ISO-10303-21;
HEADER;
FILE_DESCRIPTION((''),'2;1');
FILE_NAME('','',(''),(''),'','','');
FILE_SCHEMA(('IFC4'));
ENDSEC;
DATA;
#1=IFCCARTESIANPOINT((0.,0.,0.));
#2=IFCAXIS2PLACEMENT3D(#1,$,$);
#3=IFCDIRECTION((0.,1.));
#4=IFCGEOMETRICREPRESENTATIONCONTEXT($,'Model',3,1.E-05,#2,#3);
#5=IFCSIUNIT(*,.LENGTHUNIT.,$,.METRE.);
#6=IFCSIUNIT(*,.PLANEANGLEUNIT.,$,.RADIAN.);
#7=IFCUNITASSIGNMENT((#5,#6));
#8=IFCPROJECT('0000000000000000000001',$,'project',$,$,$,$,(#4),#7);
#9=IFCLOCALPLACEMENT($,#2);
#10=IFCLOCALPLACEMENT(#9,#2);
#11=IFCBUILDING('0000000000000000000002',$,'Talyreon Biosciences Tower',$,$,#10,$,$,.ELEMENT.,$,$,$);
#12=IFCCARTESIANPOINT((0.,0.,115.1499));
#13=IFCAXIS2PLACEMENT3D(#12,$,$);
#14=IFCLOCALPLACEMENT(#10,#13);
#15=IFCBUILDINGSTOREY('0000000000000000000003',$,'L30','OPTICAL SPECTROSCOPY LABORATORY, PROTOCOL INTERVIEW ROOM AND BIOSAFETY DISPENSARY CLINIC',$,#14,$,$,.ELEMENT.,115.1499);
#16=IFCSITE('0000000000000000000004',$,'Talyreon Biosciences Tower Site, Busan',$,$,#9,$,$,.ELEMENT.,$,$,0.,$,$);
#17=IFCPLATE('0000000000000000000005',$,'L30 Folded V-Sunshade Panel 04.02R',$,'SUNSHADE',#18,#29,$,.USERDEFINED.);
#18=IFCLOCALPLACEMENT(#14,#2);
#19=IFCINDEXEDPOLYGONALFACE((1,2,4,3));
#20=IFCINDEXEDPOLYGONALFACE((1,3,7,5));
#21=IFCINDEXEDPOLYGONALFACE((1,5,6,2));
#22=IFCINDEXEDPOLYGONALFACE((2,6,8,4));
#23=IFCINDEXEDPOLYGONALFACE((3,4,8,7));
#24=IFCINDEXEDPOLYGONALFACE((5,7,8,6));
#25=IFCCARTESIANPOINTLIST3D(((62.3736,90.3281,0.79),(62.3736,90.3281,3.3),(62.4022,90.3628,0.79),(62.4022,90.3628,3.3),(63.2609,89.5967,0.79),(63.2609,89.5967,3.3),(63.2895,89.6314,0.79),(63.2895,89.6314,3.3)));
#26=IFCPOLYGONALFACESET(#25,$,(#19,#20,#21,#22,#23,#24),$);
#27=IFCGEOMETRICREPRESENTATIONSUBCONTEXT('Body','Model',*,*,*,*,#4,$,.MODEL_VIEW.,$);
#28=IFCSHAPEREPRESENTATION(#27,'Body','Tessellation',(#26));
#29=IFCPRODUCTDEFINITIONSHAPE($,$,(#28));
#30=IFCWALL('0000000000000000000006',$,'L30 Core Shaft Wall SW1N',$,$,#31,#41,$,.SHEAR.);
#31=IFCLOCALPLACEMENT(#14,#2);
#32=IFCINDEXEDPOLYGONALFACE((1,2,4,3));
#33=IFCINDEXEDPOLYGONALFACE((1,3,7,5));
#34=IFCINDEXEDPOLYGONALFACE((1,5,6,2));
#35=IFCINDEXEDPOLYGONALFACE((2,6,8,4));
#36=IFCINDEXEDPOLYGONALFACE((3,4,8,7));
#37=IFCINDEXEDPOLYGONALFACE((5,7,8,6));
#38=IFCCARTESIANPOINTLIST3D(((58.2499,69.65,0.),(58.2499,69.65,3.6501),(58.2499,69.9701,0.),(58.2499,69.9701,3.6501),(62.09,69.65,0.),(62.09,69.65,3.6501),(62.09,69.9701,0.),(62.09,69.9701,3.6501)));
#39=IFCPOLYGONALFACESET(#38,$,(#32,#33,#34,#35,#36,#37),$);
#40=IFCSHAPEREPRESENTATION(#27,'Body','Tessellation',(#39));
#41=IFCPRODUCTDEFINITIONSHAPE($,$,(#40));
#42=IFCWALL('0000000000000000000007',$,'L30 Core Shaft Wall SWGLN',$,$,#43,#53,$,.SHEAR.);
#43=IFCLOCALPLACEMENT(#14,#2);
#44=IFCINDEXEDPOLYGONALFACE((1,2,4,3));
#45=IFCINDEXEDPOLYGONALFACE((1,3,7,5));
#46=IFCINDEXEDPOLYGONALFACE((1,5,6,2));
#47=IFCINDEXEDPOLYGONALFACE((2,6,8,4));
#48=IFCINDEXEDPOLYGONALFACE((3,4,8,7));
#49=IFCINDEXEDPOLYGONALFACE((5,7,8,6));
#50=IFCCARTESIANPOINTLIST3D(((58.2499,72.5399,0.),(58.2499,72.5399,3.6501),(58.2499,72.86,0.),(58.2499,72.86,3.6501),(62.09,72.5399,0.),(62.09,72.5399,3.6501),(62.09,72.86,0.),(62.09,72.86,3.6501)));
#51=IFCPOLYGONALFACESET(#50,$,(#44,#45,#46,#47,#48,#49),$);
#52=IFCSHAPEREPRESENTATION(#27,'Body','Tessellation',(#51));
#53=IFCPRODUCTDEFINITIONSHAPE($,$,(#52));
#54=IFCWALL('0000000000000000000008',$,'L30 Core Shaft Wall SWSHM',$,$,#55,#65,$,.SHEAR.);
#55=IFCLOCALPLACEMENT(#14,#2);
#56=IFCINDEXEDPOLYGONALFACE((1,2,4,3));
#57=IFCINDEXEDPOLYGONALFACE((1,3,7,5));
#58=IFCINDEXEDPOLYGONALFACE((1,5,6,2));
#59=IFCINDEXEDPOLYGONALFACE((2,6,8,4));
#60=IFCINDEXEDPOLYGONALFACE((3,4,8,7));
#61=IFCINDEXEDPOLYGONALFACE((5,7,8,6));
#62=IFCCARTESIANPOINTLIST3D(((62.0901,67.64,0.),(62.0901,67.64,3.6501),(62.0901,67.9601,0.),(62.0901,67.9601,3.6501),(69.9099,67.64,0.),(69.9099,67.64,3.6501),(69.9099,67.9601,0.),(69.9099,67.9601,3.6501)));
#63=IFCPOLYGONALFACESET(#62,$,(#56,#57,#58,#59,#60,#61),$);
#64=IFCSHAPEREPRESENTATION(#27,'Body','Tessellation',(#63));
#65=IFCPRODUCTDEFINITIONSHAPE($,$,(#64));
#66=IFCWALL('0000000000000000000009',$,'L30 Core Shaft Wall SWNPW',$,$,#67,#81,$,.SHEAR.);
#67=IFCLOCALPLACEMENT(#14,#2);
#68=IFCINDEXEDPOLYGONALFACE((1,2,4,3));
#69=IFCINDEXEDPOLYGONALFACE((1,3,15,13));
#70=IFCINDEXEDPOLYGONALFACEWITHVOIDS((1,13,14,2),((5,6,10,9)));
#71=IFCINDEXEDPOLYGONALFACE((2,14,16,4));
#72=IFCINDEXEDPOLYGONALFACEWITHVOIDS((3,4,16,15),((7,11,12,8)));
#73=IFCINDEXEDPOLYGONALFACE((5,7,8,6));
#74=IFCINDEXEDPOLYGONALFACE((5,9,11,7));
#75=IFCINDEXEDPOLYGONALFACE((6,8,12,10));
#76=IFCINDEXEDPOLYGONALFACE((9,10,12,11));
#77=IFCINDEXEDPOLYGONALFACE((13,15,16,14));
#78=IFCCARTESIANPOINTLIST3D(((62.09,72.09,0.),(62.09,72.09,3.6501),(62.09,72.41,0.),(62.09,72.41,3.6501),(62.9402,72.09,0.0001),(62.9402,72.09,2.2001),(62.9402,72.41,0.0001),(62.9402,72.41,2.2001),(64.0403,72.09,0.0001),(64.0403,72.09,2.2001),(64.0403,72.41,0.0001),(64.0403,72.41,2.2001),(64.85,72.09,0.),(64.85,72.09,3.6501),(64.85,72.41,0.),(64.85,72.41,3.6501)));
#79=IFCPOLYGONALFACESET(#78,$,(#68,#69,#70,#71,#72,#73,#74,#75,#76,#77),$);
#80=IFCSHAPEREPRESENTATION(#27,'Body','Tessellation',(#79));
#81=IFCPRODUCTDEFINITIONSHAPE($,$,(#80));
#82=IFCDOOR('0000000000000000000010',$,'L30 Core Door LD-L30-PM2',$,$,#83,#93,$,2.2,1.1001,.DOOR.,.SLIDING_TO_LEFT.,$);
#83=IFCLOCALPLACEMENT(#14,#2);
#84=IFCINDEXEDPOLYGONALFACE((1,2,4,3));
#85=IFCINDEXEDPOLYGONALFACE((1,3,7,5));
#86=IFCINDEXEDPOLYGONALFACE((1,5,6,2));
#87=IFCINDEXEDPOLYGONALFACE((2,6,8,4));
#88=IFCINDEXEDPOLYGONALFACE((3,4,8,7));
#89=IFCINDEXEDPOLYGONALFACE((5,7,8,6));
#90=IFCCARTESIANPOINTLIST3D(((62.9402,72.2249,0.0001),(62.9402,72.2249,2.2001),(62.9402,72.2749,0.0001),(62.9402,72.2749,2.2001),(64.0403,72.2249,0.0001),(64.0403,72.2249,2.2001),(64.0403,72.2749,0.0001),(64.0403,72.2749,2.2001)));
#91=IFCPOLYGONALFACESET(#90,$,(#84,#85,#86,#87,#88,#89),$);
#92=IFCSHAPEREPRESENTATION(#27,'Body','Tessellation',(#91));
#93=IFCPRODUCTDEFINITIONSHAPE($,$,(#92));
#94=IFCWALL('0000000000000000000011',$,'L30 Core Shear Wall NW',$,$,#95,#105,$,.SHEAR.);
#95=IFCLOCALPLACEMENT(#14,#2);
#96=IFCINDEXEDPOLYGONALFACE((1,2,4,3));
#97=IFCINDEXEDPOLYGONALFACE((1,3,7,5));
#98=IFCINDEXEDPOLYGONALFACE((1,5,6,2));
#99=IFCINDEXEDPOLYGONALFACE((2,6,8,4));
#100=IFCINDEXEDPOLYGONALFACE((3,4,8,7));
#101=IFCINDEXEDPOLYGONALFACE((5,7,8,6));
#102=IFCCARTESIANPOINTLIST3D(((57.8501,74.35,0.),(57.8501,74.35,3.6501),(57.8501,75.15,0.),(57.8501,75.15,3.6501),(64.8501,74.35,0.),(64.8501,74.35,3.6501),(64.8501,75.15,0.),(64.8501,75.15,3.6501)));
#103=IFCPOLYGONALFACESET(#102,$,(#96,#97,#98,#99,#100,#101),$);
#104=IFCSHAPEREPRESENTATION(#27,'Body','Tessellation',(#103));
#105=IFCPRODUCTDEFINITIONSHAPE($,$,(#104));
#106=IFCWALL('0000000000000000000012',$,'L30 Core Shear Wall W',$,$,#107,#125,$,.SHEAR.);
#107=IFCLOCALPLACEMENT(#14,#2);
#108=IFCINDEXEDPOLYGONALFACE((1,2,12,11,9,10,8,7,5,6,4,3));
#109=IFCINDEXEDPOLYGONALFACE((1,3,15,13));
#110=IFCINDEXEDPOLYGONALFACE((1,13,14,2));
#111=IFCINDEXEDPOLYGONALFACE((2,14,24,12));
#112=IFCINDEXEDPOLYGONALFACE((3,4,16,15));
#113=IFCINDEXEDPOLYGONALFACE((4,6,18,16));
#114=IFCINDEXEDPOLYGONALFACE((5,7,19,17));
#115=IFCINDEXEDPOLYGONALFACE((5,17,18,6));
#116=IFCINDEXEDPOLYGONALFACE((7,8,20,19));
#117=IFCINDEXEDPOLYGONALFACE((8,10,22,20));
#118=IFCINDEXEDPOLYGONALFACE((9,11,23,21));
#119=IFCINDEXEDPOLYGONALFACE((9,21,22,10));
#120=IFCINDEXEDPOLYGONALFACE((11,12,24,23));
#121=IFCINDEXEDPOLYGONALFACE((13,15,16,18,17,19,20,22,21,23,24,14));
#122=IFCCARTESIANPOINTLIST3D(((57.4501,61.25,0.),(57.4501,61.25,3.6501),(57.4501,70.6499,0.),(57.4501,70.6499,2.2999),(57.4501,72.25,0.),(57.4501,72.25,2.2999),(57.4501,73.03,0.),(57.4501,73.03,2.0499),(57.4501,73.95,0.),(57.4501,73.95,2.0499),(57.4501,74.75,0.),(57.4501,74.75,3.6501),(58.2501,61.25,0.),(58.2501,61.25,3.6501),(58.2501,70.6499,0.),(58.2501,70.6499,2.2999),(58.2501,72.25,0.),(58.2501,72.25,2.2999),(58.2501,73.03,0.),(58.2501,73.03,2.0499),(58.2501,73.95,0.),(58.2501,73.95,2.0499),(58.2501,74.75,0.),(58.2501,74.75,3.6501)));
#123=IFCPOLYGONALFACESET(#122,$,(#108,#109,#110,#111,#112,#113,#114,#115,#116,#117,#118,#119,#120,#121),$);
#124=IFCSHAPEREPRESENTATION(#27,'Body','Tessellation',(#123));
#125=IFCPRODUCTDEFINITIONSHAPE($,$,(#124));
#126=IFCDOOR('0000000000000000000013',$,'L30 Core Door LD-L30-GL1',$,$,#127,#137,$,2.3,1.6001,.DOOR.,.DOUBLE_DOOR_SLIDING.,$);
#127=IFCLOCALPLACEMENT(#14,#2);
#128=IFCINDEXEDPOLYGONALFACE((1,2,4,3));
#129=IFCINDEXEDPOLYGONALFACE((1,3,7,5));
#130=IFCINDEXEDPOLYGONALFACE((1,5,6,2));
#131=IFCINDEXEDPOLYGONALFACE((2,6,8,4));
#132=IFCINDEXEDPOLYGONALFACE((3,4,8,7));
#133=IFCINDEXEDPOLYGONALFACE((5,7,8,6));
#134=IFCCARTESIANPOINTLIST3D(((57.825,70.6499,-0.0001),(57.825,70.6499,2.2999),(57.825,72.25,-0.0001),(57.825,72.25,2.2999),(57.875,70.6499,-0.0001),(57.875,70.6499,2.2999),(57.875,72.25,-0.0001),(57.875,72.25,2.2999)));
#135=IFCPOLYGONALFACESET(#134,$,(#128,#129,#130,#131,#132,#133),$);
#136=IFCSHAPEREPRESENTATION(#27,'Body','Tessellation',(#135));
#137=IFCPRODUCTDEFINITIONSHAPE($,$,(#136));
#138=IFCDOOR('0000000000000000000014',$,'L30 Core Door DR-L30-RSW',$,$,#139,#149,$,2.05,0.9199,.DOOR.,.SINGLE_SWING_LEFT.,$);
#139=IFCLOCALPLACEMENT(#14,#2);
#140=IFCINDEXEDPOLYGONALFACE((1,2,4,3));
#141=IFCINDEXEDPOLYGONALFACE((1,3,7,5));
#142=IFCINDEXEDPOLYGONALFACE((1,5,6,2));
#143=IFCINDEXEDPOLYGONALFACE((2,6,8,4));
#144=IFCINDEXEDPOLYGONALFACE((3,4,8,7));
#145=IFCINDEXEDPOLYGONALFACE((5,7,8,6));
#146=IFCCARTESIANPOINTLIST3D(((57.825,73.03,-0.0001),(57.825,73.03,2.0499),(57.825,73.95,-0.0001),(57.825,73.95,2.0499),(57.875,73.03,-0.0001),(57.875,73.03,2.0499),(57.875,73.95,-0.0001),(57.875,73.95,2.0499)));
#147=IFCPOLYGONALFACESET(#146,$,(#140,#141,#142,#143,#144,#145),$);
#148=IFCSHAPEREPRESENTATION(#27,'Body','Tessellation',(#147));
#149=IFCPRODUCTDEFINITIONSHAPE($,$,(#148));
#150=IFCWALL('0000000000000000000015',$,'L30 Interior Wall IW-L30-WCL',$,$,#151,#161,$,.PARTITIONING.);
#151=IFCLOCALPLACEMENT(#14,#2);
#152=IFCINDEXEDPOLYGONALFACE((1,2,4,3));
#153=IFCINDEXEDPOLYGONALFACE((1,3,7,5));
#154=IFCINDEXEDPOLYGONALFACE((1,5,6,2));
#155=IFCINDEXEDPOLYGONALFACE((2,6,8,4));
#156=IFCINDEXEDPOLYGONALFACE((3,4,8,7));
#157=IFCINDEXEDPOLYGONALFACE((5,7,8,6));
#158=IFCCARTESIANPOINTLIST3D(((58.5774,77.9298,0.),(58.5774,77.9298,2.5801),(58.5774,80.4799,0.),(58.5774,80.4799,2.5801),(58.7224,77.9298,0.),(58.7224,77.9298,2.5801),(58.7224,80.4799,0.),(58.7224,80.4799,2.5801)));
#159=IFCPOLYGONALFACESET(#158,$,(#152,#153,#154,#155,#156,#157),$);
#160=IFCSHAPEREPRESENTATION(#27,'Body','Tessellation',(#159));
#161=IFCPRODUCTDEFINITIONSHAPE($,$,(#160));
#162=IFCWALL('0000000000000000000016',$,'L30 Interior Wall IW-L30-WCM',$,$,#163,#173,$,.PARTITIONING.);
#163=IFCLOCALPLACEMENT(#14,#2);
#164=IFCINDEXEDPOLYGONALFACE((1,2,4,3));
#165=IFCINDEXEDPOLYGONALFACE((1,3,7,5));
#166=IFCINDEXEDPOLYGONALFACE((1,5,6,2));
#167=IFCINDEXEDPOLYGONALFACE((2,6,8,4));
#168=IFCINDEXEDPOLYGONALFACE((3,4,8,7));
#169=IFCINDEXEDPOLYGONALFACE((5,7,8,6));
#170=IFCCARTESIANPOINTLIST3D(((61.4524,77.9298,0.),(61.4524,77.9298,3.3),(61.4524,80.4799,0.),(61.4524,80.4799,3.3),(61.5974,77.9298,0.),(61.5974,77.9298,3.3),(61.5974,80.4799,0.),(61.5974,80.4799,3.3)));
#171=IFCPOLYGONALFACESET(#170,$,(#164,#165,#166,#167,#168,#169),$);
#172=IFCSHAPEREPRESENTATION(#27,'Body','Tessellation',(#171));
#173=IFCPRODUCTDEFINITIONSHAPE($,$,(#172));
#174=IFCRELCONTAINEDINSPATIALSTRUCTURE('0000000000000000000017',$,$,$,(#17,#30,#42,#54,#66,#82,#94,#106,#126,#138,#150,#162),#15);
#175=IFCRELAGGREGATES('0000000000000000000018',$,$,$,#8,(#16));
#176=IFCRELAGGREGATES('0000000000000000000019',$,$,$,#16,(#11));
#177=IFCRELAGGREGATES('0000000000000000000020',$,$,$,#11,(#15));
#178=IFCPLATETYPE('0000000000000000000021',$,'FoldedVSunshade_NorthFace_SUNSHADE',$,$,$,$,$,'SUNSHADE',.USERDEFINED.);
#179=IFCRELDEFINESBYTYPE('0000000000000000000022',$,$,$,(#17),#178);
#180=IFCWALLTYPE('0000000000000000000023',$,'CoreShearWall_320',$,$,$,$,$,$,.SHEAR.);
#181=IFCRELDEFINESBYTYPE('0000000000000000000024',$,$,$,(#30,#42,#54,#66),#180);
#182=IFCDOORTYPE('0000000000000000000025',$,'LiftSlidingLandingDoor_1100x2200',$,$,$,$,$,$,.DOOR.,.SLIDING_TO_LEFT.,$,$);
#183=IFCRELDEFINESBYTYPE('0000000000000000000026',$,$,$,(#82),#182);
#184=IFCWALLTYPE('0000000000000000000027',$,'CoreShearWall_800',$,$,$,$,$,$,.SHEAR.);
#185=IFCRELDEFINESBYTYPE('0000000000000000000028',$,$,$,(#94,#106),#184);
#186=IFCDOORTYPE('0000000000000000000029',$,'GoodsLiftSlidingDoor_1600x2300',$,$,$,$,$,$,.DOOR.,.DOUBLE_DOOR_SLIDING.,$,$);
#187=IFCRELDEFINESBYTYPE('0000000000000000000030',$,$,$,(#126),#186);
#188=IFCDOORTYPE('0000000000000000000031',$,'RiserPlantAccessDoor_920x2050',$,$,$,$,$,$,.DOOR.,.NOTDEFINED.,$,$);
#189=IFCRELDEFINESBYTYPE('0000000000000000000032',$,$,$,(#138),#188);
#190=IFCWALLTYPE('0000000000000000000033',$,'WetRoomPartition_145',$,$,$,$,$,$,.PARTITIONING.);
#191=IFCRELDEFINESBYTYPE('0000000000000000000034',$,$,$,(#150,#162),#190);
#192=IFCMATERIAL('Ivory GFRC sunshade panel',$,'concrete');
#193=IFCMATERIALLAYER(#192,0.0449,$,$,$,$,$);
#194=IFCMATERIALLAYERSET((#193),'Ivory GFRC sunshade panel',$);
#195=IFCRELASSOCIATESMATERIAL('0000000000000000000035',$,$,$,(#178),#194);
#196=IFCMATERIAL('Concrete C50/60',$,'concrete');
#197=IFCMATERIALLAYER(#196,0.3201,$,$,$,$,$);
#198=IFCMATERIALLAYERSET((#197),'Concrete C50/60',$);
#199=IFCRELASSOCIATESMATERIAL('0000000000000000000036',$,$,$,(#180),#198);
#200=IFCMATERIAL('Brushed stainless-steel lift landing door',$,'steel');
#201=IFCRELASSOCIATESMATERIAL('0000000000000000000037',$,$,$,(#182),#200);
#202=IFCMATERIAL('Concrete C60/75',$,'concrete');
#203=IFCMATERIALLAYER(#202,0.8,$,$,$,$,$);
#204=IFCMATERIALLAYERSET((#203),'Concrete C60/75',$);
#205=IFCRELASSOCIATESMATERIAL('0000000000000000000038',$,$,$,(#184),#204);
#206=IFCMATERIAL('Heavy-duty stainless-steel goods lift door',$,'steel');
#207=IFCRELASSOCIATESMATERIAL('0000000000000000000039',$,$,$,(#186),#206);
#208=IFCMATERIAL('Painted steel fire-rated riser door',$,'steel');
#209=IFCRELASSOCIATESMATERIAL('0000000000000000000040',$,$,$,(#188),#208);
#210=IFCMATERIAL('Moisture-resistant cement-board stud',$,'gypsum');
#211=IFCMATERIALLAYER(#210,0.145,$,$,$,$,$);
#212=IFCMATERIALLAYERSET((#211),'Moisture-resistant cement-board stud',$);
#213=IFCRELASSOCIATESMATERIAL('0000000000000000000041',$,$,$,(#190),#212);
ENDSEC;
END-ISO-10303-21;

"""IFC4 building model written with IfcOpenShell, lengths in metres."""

from ifc_helpers import new_model, si_unit, direction, frame, frame_2d, origin, origin_2d, place, context, subcontext, project, spatial, rectangle, extrude, material, layer, layer_set, type_object, element, fill, save


model = new_model("IFC4")

# Units and contexts
model_context = context("Model", 3, precision=1e-05, world=origin(), true_north=direction((0.0, 1.0)))
body_context = subcontext(model_context, "Body", "Model", "MODEL_VIEW")
ifc_project = project(units=[si_unit("LENGTHUNIT", "METRE"), si_unit("PLANEANGLEUNIT", "RADIAN")], contexts=[model_context])

# Site, building, storey
site_placement = place(None, origin())
site = spatial("IfcSite", under=ifc_project, at=site_placement, Name="Talyreon Biosciences Tower Site, Busan", CompositionType="ELEMENT", RefElevation=0.0)
building_placement = place(site_placement, origin())
building = spatial("IfcBuilding", under=site, at=building_placement, Name="Talyreon Biosciences Tower", CompositionType="ELEMENT")
storey_placement = place(building_placement, frame((0.0, 0.0, 115.1499)))
storey = spatial("IfcBuildingStorey", under=building, at=storey_placement, Name="L30", Description="OPTICAL SPECTROSCOPY LABORATORY, PROTOCOL INTERVIEW ROOM AND BIOSAFETY DISPENSARY CLINIC", CompositionType="ELEMENT", Elevation=115.1499)

# Shared definitions
ifc_material_1 = material(Name="Concrete C50/60", Category="concrete")
ifc_material_2 = material(Name="Concrete C60/75", Category="concrete")

# Plate
ifc_material_3 = material(Name="Ivory GFRC sunshade panel", Category="concrete")
ifc_layer_1 = layer(ifc_material_3, 0.0449)
ifc_layer_set_1 = layer_set([ifc_layer_1], Name="Ivory GFRC sunshade panel")
plate_type_1 = type_object("IfcPlateType", Name="FoldedVSunshade_NorthFace_SUNSHADE", ElementType="SUNSHADE", PredefinedType="USERDEFINED", material=ifc_layer_set_1)
for number, where, z_axis, x_axis, name in (
    (1, (62.8315, 89.9797, 0.79), (0.0, 0.0, 1.0), (0.771625, -0.636078, 0.0), "L30 Folded V-Sunshade Panel 04.02R"),
):
    element("IfcPlate", number, at=place(storey_placement, frame(where, z_axis=z_axis, x_axis=x_axis)), inside=storey, type_object=plate_type_1, Name=name, ObjectType="SUNSHADE", PredefinedType="USERDEFINED", context=body_context, shape_type="SweptSolid", body=[
        extrude(rectangle(XDim=1.1499, YDim=0.0449, at=origin_2d()), origin(), (0.0, 0.0, 1.0), 2.51),
    ])

# Walls
ifc_layer_2 = layer(ifc_material_1, 0.3201)
ifc_layer_set_2 = layer_set([ifc_layer_2], Name="Concrete C50/60")
wall_type_1 = type_object("IfcWallType", Name="CoreShearWall_320", PredefinedType="SHEAR", material=ifc_layer_set_2)
for number, where, z_axis, x_axis, name in (
    (2, (58.25, 69.8101, 0.0), (0.0, 0.0, 1.0), (1.0, 0.0, 0.0), "L30 Core Shaft Wall SW1N"),
    (3, (58.25, 72.7, 0.0), (0.0, 0.0, 1.0), (1.0, 0.0, 0.0), "L30 Core Shaft Wall SWGLN"),
):
    element("IfcWall", number, at=place(storey_placement, frame(where, z_axis=z_axis, x_axis=x_axis)), inside=storey, type_object=wall_type_1, Name=name, PredefinedType="SHEAR", context=body_context, shape_type="SweptSolid", body=[
        extrude(rectangle(XDim=3.8401, YDim=0.3201, at=frame_2d((1.9199, 0.0))), origin(), (0.0, 0.0, 1.0), 3.6501),
    ])
wall_1_placement = place(storey_placement, frame((62.0901, 67.8, 0.0), z_axis=(0.0, 0.0, 1.0), x_axis=(1.0, 0.0, 0.0)))
element("IfcWall", 4, at=wall_1_placement, inside=storey, type_object=wall_type_1, Name="L30 Core Shaft Wall SWSHM", PredefinedType="SHEAR", context=body_context, shape_type="SweptSolid", body=[
    extrude(rectangle(XDim=7.8198, YDim=0.3201, at=frame_2d((3.9099, 0.0))), origin(), (0.0, 0.0, 1.0), 3.6501),
])

# Shared definitions
ifc_material_4 = material(Name="Brushed stainless-steel lift landing door", Category="steel")
door_type_1 = type_object("IfcDoorType", Name="LiftSlidingLandingDoor_1100x2200", OperationType="SLIDING_TO_LEFT", PredefinedType="DOOR", material=ifc_material_4)

# Wall, opening, door
wall_2_placement = place(storey_placement, frame((62.0901, 72.25, 0.0), z_axis=(0.0, 0.0, 1.0), x_axis=(1.0, 0.0, 0.0)))
wall_2 = element("IfcWall", 5, at=wall_2_placement, inside=storey, type_object=wall_type_1, Name="L30 Core Shaft Wall SWNPW", PredefinedType="SHEAR", context=body_context, shape_type="SweptSolid", body=[
    extrude(rectangle(XDim=2.76, YDim=0.3201, at=frame_2d((1.3799, 0.0))), origin(), (0.0, 0.0, 1.0), 3.6501),
])
opening_1_placement = place(wall_2_placement, frame((0.8501, 0.0, 0.0)))
opening_1 = element("IfcOpeningElement", 6, at=opening_1_placement, cuts=wall_2, PredefinedType="OPENING", context=body_context, shape_type="SweptSolid", body=[
    extrude(rectangle(XDim=1.1001, YDim=2.2, at=frame_2d((0.55, 1.1001))), frame((0.0, 0.1699, 0.0), z_axis=(0.0, -1.0, 0.0), x_axis=(1.0, 0.0, 0.0)), (0.0, 0.0, 1.0), 0.3401),
])
door_1_placement = place(opening_1_placement, origin())
door_1 = element("IfcDoor", 7, at=door_1_placement, inside=storey, type_object=door_type_1, Name="L30 Core Door LD-L30-PM2", OperationType="SLIDING_TO_LEFT", OverallHeight=2.2, OverallWidth=1.1001, PredefinedType="DOOR", context=body_context, shape_type="SweptSolid", body=[
    extrude(rectangle(XDim=1.1001, YDim=2.2, at=frame_2d((0.55, 1.1001))), frame((0.0, 0.0249, 0.0), z_axis=(0.0, -1.0, 0.0), x_axis=(1.0, 0.0, 0.0)), (0.0, 0.0, 1.0), 0.05),
])
fill(opening_1, door_1)

# Wall
ifc_layer_3 = layer(ifc_material_2, 0.8)
ifc_layer_set_3 = layer_set([ifc_layer_3], Name="Concrete C60/75")
wall_type_2 = type_object("IfcWallType", Name="CoreShearWall_800", PredefinedType="SHEAR", material=ifc_layer_set_3)
wall_3_placement = place(storey_placement, frame((64.8501, 74.75, 0.0), z_axis=(0.0, 0.0, 1.0), x_axis=(-1.0, 0.0, 0.0)))
element("IfcWall", 8, at=wall_3_placement, inside=storey, type_object=wall_type_2, Name="L30 Core Shear Wall NW", PredefinedType="SHEAR", context=body_context, shape_type="SweptSolid", body=[
    extrude(rectangle(XDim=7.0, YDim=0.8, at=frame_2d((3.5, 0.0))), origin(), (0.0, 0.0, 1.0), 3.6501),
])

# Wall, openings, doors
wall_4_placement = place(storey_placement, frame((57.8501, 74.75, 0.0), z_axis=(0.0, 0.0, 1.0), x_axis=(0.0, -1.0, 0.0)))
wall_4 = element("IfcWall", 9, at=wall_4_placement, inside=storey, type_object=wall_type_2, Name="L30 Core Shear Wall W", PredefinedType="SHEAR", context=body_context, shape_type="SweptSolid", body=[
    extrude(rectangle(XDim=13.5, YDim=0.8, at=frame_2d((6.75, 0.0))), origin(), (0.0, 0.0, 1.0), 3.6501),
])
opening_2_placement = place(wall_4_placement, frame((0.8, 0.0, 0.0)))
opening_2 = element("IfcOpeningElement", 10, at=opening_2_placement, cuts=wall_4, PredefinedType="OPENING", context=body_context, shape_type="SweptSolid", body=[
    extrude(rectangle(XDim=0.9199, YDim=2.05, at=frame_2d((0.46, 1.0249))), frame((0.0, 0.4099, 0.0), z_axis=(0.0, -1.0, 0.0), x_axis=(1.0, 0.0, 0.0)), (0.0, 0.0, 1.0), 0.8201),
])
opening_3_placement = place(wall_4_placement, frame((2.5, 0.0, 0.0)))
opening_3 = element("IfcOpeningElement", 11, at=opening_3_placement, cuts=wall_4, PredefinedType="OPENING", context=body_context, shape_type="SweptSolid", body=[
    extrude(rectangle(XDim=1.6001, YDim=2.3, at=frame_2d((0.8, 1.1499))), frame((0.0, 0.4099, 0.0), z_axis=(0.0, -1.0, 0.0), x_axis=(1.0, 0.0, 0.0)), (0.0, 0.0, 1.0), 0.8201),
])
ifc_material_5 = material(Name="Heavy-duty stainless-steel goods lift door", Category="steel")
door_type_2 = type_object("IfcDoorType", Name="GoodsLiftSlidingDoor_1600x2300", OperationType="DOUBLE_DOOR_SLIDING", PredefinedType="DOOR", material=ifc_material_5)
door_2_placement = place(opening_3_placement, origin())
door_2 = element("IfcDoor", 12, at=door_2_placement, inside=storey, type_object=door_type_2, Name="L30 Core Door LD-L30-GL1", OperationType="DOUBLE_DOOR_SLIDING", OverallHeight=2.3, OverallWidth=1.6001, PredefinedType="DOOR", context=body_context, shape_type="SweptSolid", body=[
    extrude(rectangle(XDim=1.6001, YDim=2.3, at=frame_2d((0.8, 1.1499))), frame((0.0, 0.0249, 0.0), z_axis=(0.0, -1.0, 0.0), x_axis=(1.0, 0.0, 0.0)), (0.0, 0.0, 1.0), 0.05),
])
fill(opening_3, door_2)
ifc_material_6 = material(Name="Painted steel fire-rated riser door", Category="steel")
door_type_3 = type_object("IfcDoorType", Name="RiserPlantAccessDoor_920x2050", OperationType="NOTDEFINED", PredefinedType="DOOR", material=ifc_material_6)
door_3_placement = place(opening_2_placement, origin())
door_3 = element("IfcDoor", 13, at=door_3_placement, inside=storey, type_object=door_type_3, Name="L30 Core Door DR-L30-RSW", OperationType="SINGLE_SWING_LEFT", OverallHeight=2.05, OverallWidth=0.9199, PredefinedType="DOOR", context=body_context, shape_type="SweptSolid", body=[
    extrude(rectangle(XDim=0.9199, YDim=2.05, at=frame_2d((0.46, 1.0249))), frame((0.0, 0.0249, 0.0), z_axis=(0.0, -1.0, 0.0), x_axis=(1.0, 0.0, 0.0)), (0.0, 0.0, 1.0), 0.05),
])
fill(opening_2, door_3)

# Walls
ifc_material_7 = material(Name="Moisture-resistant cement-board stud", Category="gypsum")
ifc_layer_4 = layer(ifc_material_7, 0.145)
ifc_layer_set_4 = layer_set([ifc_layer_4], Name="Moisture-resistant cement-board stud")
wall_type_3 = type_object("IfcWallType", Name="WetRoomPartition_145", PredefinedType="PARTITIONING", material=ifc_layer_set_4)
wall_5_placement = place(storey_placement, frame((58.6499, 77.9299, 0.0), z_axis=(0.0, 0.0, 1.0), x_axis=(0.0, 1.0, 0.0)))
element("IfcWall", 14, at=wall_5_placement, inside=storey, type_object=wall_type_3, Name="L30 Interior Wall IW-L30-WCL", PredefinedType="PARTITIONING", context=body_context, shape_type="SweptSolid", body=[
    extrude(rectangle(XDim=2.55, YDim=0.145, at=frame_2d((1.2749, 0.0))), origin(), (0.0, 0.0, 1.0), 2.5801),
])
for number, where, z_axis, x_axis, name in (
    (15, (61.5249, 77.9299, 0.0), (0.0, 0.0, 1.0), (0.0, 1.0, 0.0), "L30 Interior Wall IW-L30-WCM"),
):
    element("IfcWall", number, at=place(storey_placement, frame(where, z_axis=z_axis, x_axis=x_axis)), inside=storey, type_object=wall_type_3, Name=name, PredefinedType="PARTITIONING", context=body_context, shape_type="SweptSolid", body=[
        extrude(rectangle(XDim=2.55, YDim=0.145, at=frame_2d((1.2749, 0.0))), origin(), (0.0, 0.0, 1.0), 3.3),
    ])

save(model, "model.ifc")
